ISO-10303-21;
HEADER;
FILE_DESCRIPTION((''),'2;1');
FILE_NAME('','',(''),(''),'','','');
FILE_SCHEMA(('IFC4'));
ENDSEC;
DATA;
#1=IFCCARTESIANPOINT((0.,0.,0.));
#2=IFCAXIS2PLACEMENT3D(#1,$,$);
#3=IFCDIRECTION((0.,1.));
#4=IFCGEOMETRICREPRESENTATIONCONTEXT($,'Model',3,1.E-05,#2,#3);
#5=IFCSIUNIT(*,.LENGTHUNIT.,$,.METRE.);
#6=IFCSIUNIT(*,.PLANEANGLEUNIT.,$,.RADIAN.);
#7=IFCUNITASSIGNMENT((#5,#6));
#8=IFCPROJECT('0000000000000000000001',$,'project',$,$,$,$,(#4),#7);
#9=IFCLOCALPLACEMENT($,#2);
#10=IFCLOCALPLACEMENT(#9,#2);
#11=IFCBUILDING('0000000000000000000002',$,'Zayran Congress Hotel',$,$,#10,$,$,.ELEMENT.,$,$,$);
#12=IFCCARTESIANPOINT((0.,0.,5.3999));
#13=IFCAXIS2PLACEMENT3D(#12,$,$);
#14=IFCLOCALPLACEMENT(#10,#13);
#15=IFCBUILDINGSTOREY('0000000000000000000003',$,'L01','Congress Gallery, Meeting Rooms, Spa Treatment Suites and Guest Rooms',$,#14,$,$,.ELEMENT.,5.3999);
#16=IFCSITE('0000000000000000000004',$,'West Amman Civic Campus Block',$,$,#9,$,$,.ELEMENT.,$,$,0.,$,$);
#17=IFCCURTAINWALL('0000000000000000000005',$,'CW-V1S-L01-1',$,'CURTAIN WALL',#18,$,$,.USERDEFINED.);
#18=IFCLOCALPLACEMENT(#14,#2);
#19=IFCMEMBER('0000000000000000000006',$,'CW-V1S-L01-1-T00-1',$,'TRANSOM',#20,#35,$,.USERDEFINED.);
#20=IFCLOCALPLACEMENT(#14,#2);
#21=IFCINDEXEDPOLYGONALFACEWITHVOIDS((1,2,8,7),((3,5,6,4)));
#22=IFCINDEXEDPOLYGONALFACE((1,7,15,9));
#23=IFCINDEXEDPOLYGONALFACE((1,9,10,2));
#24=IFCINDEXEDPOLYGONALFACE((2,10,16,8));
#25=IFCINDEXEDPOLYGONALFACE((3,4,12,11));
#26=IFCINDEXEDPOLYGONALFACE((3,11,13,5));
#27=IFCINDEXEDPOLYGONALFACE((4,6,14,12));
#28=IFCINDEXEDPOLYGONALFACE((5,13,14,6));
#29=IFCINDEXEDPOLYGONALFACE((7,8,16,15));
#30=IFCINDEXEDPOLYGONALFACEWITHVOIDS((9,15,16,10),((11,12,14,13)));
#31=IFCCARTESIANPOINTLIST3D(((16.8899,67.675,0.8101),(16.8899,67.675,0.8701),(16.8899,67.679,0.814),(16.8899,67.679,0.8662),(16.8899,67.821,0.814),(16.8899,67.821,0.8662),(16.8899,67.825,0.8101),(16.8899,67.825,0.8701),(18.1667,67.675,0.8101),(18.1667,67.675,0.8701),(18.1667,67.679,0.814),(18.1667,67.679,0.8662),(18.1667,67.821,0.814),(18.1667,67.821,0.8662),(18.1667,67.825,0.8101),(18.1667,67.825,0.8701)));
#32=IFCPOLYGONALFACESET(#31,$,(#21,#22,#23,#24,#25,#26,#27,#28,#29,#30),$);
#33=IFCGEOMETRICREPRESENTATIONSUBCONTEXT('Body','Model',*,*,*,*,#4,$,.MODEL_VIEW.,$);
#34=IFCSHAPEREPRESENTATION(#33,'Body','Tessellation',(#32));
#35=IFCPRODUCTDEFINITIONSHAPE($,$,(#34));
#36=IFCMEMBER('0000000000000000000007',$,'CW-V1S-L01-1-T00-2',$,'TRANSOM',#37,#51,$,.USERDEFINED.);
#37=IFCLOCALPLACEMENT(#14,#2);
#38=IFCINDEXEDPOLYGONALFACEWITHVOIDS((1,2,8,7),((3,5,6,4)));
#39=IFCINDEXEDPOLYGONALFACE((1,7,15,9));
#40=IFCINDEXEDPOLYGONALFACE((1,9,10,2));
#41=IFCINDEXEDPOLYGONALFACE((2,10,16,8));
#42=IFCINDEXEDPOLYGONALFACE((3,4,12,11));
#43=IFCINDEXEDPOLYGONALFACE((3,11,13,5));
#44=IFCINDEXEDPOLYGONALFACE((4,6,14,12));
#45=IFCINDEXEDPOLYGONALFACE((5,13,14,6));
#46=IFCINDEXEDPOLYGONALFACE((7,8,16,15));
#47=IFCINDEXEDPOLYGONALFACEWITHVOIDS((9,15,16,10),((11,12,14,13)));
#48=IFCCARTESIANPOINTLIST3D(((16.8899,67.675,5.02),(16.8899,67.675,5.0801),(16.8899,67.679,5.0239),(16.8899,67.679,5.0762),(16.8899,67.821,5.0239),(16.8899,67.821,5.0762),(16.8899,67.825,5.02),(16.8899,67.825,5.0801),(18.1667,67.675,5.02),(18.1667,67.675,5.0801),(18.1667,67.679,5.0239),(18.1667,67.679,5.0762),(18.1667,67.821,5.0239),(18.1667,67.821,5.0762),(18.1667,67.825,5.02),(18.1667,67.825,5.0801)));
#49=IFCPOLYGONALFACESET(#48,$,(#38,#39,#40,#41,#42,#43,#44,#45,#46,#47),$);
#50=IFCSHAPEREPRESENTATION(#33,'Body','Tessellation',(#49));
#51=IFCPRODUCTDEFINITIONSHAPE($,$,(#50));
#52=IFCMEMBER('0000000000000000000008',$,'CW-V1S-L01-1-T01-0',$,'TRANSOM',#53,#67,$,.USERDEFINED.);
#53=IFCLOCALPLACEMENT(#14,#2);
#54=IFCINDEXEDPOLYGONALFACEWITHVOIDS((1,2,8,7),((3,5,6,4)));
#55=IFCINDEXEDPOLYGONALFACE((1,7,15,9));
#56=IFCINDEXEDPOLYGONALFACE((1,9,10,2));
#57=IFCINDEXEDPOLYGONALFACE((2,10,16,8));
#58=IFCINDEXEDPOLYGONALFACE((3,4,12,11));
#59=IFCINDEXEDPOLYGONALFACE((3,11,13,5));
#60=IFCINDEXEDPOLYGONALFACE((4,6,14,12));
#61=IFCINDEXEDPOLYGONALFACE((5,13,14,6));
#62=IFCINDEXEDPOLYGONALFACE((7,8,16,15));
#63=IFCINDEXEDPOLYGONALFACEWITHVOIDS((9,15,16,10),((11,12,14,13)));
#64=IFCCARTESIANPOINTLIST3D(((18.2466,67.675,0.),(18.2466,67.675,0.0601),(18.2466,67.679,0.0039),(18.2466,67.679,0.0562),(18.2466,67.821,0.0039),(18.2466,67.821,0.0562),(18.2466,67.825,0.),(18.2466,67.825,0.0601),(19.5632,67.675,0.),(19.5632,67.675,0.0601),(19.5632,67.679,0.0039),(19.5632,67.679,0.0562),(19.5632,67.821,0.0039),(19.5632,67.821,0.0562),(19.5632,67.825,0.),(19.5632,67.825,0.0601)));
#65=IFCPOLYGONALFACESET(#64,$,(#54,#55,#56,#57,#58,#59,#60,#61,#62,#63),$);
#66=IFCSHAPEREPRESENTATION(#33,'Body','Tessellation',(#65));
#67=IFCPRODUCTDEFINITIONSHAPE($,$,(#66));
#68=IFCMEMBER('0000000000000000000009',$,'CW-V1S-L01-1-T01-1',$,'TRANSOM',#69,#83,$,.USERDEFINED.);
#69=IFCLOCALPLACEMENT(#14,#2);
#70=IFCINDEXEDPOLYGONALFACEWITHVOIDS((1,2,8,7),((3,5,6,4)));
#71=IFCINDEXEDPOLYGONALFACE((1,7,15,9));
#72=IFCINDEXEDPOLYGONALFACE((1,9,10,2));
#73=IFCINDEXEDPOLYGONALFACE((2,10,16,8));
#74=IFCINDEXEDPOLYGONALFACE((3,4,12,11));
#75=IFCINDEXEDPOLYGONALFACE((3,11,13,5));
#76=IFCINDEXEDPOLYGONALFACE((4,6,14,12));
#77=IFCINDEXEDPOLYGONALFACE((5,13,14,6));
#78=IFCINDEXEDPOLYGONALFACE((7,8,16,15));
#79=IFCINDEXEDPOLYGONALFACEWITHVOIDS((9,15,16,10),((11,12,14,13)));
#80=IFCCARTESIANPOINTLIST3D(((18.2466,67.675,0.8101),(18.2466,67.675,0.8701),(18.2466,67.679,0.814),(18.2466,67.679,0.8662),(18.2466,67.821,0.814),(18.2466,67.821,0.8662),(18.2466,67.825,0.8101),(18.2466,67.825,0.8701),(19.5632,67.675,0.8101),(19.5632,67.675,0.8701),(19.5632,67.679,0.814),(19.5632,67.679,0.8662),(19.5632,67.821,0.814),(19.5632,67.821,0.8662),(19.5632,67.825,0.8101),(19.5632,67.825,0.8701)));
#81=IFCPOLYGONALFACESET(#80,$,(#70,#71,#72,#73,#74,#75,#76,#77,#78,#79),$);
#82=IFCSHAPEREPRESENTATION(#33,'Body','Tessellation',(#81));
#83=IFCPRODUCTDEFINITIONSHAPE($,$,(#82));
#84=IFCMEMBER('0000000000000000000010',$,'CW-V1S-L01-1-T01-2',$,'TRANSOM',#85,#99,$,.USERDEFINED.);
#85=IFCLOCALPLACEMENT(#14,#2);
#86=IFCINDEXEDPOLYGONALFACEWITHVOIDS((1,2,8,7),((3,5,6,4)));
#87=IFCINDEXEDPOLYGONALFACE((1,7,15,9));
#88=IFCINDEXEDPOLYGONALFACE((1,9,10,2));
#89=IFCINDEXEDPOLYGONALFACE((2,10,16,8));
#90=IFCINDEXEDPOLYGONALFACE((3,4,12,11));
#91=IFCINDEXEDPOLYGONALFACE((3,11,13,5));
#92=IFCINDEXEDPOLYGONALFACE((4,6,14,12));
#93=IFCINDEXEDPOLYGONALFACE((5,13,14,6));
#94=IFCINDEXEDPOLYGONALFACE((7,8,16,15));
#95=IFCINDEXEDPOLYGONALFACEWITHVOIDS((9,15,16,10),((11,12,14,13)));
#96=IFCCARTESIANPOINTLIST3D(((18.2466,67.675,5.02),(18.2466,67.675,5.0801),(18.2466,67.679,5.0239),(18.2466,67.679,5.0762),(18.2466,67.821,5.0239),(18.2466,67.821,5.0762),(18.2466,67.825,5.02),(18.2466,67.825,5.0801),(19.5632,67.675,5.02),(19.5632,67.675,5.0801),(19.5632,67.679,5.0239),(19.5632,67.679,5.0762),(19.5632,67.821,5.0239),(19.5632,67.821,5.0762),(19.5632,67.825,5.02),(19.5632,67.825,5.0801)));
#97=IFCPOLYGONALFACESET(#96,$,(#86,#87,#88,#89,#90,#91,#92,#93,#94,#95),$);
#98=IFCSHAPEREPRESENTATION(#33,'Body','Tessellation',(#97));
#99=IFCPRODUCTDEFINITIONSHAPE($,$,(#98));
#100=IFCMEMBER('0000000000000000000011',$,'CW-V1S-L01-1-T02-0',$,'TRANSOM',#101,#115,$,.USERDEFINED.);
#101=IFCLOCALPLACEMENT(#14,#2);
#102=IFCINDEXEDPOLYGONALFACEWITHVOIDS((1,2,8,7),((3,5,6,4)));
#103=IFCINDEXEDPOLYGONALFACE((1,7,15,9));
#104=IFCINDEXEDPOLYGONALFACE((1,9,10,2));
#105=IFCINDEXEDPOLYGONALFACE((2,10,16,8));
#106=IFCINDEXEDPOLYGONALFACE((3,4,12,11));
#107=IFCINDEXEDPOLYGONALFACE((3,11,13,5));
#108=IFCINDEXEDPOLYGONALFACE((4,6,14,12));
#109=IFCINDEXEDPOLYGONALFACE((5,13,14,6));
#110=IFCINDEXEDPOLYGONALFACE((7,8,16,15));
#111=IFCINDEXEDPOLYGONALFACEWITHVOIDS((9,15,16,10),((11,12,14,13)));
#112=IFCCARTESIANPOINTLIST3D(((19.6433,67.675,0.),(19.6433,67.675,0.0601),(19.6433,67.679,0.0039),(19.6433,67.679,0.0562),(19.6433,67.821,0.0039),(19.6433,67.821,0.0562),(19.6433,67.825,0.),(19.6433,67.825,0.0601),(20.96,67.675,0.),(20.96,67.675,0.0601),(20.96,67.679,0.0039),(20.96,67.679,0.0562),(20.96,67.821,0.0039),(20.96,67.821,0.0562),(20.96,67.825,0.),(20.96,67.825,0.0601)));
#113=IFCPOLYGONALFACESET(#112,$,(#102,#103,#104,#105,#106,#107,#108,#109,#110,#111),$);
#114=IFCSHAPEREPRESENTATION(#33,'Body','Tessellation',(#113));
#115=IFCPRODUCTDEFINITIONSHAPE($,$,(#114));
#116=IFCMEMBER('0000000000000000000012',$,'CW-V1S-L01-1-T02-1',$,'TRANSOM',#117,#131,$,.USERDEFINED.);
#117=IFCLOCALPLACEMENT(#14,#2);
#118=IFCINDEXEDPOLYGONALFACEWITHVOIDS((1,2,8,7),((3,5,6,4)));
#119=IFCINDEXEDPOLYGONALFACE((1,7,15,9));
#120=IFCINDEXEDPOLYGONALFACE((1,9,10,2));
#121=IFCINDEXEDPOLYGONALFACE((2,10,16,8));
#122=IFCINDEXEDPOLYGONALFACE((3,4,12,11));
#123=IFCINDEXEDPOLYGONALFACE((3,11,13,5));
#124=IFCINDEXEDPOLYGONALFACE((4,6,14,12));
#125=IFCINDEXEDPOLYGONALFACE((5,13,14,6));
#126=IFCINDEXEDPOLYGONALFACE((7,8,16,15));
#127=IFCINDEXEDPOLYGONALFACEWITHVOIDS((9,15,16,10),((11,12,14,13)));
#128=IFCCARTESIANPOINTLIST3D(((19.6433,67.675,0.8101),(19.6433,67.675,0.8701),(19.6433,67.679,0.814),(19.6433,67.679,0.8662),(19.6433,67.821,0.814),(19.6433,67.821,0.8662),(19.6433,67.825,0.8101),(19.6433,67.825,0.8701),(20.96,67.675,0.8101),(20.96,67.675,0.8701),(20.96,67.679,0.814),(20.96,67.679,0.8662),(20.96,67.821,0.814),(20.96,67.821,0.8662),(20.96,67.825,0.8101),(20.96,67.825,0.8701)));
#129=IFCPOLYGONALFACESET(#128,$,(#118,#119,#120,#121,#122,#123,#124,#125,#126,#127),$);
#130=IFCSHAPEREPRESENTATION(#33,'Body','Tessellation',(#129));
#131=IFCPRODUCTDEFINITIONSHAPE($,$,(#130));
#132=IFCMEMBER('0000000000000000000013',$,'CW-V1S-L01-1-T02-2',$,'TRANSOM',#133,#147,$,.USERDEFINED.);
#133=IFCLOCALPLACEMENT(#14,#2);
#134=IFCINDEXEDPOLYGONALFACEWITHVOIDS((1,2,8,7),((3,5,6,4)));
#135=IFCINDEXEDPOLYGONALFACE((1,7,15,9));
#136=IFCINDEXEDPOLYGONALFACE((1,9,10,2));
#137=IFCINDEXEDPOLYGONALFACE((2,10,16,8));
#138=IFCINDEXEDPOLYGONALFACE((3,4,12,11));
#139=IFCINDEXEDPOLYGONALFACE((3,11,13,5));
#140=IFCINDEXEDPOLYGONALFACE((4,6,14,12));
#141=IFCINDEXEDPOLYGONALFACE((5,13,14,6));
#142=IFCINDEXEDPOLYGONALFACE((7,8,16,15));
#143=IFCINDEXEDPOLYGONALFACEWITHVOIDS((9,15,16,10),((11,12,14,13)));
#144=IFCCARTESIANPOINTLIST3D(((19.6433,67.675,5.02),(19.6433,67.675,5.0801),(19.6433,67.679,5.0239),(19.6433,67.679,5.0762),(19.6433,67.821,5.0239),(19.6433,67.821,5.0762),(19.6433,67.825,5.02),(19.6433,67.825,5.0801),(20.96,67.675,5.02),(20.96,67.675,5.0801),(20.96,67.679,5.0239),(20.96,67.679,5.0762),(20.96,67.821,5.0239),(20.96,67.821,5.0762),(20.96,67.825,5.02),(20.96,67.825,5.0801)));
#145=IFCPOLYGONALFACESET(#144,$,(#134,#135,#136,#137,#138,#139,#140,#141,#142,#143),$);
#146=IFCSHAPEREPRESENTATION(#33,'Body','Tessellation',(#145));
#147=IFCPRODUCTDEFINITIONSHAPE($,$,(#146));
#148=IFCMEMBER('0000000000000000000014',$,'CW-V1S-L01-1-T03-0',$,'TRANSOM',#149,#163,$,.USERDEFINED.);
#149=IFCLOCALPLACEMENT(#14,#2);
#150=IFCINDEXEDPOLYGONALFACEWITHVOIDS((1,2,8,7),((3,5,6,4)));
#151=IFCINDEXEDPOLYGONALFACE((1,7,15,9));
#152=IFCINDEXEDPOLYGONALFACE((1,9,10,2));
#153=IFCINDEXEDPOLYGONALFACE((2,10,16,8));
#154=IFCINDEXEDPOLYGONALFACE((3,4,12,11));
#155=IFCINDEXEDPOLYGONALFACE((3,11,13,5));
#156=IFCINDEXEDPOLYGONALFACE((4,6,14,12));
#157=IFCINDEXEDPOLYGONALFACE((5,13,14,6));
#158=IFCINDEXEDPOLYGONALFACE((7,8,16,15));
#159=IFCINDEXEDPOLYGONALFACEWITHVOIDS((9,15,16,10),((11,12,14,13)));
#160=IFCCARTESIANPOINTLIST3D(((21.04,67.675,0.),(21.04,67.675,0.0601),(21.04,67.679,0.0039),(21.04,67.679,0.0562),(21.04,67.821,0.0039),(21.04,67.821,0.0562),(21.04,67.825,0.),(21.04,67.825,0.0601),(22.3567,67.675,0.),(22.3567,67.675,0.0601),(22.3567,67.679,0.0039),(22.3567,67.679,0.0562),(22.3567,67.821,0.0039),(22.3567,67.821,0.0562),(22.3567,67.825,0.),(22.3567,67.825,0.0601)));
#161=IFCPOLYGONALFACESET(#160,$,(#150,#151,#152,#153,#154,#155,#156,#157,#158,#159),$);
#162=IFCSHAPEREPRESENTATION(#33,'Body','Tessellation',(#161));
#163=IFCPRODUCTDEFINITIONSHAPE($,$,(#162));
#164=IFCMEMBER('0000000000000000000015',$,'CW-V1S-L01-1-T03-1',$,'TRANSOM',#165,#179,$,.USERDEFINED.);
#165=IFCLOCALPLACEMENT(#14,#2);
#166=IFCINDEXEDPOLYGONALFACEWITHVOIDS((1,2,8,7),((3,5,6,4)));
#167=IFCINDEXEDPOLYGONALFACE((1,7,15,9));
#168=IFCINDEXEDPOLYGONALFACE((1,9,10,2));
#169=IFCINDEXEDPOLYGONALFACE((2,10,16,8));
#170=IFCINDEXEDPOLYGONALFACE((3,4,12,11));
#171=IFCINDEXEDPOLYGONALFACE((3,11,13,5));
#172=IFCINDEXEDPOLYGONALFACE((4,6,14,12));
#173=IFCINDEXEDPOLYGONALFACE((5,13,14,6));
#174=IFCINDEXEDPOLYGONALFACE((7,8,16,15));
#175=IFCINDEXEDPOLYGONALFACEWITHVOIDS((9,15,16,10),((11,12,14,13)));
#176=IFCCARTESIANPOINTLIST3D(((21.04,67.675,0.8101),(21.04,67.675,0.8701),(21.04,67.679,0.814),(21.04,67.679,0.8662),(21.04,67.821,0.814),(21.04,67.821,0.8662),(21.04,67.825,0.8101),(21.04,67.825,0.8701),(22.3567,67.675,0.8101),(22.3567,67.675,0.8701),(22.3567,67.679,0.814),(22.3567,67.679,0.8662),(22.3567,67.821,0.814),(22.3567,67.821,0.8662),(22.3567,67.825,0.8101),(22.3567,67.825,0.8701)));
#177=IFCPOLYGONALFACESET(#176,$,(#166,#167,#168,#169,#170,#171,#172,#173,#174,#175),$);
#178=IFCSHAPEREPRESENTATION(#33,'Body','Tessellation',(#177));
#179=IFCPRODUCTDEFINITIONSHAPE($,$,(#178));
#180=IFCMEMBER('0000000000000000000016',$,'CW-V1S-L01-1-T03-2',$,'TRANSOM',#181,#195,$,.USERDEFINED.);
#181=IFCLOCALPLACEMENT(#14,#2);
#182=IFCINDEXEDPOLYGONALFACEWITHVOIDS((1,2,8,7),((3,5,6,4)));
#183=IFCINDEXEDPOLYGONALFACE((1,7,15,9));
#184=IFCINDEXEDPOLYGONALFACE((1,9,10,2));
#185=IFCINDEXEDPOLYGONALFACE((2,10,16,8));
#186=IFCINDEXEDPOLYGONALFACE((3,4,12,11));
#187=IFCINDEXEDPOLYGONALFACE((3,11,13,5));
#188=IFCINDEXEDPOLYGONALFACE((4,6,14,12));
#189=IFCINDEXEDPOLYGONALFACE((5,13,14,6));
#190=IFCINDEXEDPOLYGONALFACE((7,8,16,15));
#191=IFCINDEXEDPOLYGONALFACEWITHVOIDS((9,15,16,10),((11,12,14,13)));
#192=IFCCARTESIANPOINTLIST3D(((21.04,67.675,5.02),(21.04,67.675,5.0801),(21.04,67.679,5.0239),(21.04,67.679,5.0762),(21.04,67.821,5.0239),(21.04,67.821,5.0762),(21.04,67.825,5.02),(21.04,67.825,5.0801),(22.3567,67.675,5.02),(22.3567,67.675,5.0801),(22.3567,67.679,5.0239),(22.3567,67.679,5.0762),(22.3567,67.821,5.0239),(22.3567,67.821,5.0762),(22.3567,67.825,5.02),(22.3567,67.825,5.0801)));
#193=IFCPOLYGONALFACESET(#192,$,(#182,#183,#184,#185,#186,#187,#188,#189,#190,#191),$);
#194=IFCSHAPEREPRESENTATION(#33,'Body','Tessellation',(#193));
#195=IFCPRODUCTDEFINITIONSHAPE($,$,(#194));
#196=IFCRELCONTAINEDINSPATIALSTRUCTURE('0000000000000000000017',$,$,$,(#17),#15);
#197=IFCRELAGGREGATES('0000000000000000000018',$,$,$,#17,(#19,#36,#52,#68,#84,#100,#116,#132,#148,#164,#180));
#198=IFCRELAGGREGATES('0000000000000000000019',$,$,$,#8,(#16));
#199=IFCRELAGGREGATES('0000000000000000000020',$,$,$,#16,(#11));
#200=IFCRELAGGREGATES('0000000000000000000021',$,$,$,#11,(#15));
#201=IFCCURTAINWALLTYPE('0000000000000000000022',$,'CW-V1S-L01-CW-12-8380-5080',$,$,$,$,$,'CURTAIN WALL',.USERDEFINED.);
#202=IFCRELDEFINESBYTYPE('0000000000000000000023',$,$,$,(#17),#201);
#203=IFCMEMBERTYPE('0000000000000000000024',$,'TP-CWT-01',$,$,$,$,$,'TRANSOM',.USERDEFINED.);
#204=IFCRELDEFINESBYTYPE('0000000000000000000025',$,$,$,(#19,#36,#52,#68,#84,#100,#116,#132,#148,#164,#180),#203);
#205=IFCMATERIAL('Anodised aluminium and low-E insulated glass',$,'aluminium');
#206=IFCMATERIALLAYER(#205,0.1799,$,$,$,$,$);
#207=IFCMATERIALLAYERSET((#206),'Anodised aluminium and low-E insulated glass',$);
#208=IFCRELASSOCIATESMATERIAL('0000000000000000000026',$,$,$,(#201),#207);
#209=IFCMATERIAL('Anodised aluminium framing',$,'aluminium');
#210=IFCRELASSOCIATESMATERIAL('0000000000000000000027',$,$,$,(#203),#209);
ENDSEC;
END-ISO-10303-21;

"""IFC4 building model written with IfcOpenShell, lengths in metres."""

from ifc_helpers import new_model, si_unit, direction, frame, origin, origin_2d, place, context, subcontext, project, spatial, hollow_rectangle, extrude, material, layer, layer_set, material_profile, profile_set, type_object, element, aggregate, save


model = new_model("IFC4")

# Units and contexts
model_context = context("Model", 3, precision=1e-05, world=origin(), true_north=direction((0.0, 1.0)))
body_context = subcontext(model_context, "Body", "Model", "MODEL_VIEW")
ifc_project = project(units=[si_unit("LENGTHUNIT", "METRE"), si_unit("PLANEANGLEUNIT", "RADIAN")], contexts=[model_context])

# Site, building, storey
site_placement = place(None, origin())
site = spatial("IfcSite", under=ifc_project, at=site_placement, Name="West Amman Civic Campus Block", CompositionType="ELEMENT", RefElevation=0.0)
building_placement = place(site_placement, origin())
building = spatial("IfcBuilding", under=site, at=building_placement, Name="Zayran Congress Hotel", CompositionType="ELEMENT")
storey_placement = place(building_placement, frame((0.0, 0.0, 5.3999)))
storey = spatial("IfcBuildingStorey", under=building, at=storey_placement, Name="L01", Description="Congress Gallery, Meeting Rooms, Spa Treatment Suites and Guest Rooms", CompositionType="ELEMENT", Elevation=5.3999)

# Curtain wall
ifc_material_1 = material(Name="Anodised aluminium and low-E insulated glass", Category="aluminium")
ifc_layer_1 = layer(ifc_material_1, 0.1799)
ifc_layer_set_1 = layer_set([ifc_layer_1], Name="Anodised aluminium and low-E insulated glass")
curtain_wall_type_1 = type_object("IfcCurtainWallType", Name="CW-V1S-L01-CW-12-8380-5080", ElementType="CURTAIN WALL", PredefinedType="USERDEFINED", material=ifc_layer_set_1)
curtain_wall_1_placement = place(storey_placement, origin())
curtain_wall_1 = element("IfcCurtainWall", 1, at=curtain_wall_1_placement, inside=storey, type_object=curtain_wall_type_1, Name="CW-V1S-L01-1", ObjectType="CURTAIN WALL", PredefinedType="USERDEFINED")
ifc_material_2 = material(Name="Anodised aluminium framing", Category="aluminium")

# Members
ifc_material_profile_1 = material_profile(ifc_material_2, hollow_rectangle(XDim=0.0601, YDim=0.1499, WallThickness=0.0039, at=origin_2d()), Name="RHS 150x60x4")
ifc_profile_set_1 = profile_set([ifc_material_profile_1], Name="Anodised aluminium framing")
member_type_1 = type_object("IfcMemberType", Name="TP-CWT-01", ElementType="TRANSOM", PredefinedType="USERDEFINED", material=ifc_profile_set_1)
member_1_placement = place(storey_placement, frame((16.8899, 67.75, 0.8401), z_axis=(1.0, 0.0, 0.0), x_axis=(0.0, 0.0, 1.0)))
member_1 = element("IfcMember", 2, at=member_1_placement, type_object=member_type_1, Name="CW-V1S-L01-1-T00-1", ObjectType="TRANSOM", PredefinedType="USERDEFINED", context=body_context, shape_type="SweptSolid", body=[
    extrude(hollow_rectangle(XDim=0.0601, YDim=0.1499, WallThickness=0.0039, at=origin_2d()), origin(), (0.0, 0.0, 1.0), 1.2769),
])
member_2_placement = place(storey_placement, frame((16.8899, 67.75, 5.05), z_axis=(1.0, 0.0, 0.0), x_axis=(0.0, 0.0, 1.0)))
member_2 = element("IfcMember", 3, at=member_2_placement, type_object=member_type_1, Name="CW-V1S-L01-1-T00-2", ObjectType="TRANSOM", PredefinedType="USERDEFINED", context=body_context, shape_type="SweptSolid", body=[
    extrude(hollow_rectangle(XDim=0.0601, YDim=0.1499, WallThickness=0.0039, at=origin_2d()), origin(), (0.0, 0.0, 1.0), 1.2769),
])
member_3_placement = place(storey_placement, frame((18.2466, 67.75, 0.03), z_axis=(1.0, 0.0, 0.0), x_axis=(0.0, 0.0, 1.0)))
member_3 = element("IfcMember", 4, at=member_3_placement, type_object=member_type_1, Name="CW-V1S-L01-1-T01-0", ObjectType="TRANSOM", PredefinedType="USERDEFINED", context=body_context, shape_type="SweptSolid", body=[
    extrude(hollow_rectangle(XDim=0.0601, YDim=0.1499, WallThickness=0.0039, at=origin_2d()), origin(), (0.0, 0.0, 1.0), 1.3167),
])
member_4_placement = place(storey_placement, frame((18.2466, 67.75, 0.8401), z_axis=(1.0, 0.0, 0.0), x_axis=(0.0, 0.0, 1.0)))
member_4 = element("IfcMember", 5, at=member_4_placement, type_object=member_type_1, Name="CW-V1S-L01-1-T01-1", ObjectType="TRANSOM", PredefinedType="USERDEFINED", context=body_context, shape_type="SweptSolid", body=[
    extrude(hollow_rectangle(XDim=0.0601, YDim=0.1499, WallThickness=0.0039, at=origin_2d()), origin(), (0.0, 0.0, 1.0), 1.3167),
])
member_5_placement = place(storey_placement, frame((18.2466, 67.75, 5.05), z_axis=(1.0, 0.0, 0.0), x_axis=(0.0, 0.0, 1.0)))
member_5 = element("IfcMember", 6, at=member_5_placement, type_object=member_type_1, Name="CW-V1S-L01-1-T01-2", ObjectType="TRANSOM", PredefinedType="USERDEFINED", context=body_context, shape_type="SweptSolid", body=[
    extrude(hollow_rectangle(XDim=0.0601, YDim=0.1499, WallThickness=0.0039, at=origin_2d()), origin(), (0.0, 0.0, 1.0), 1.3167),
])
member_6_placement = place(storey_placement, frame((19.6433, 67.75, 0.03), z_axis=(1.0, 0.0, 0.0), x_axis=(0.0, 0.0, 1.0)))
member_6 = element("IfcMember", 7, at=member_6_placement, type_object=member_type_1, Name="CW-V1S-L01-1-T02-0", ObjectType="TRANSOM", PredefinedType="USERDEFINED", context=body_context, shape_type="SweptSolid", body=[
    extrude(hollow_rectangle(XDim=0.0601, YDim=0.1499, WallThickness=0.0039, at=origin_2d()), origin(), (0.0, 0.0, 1.0), 1.3167),
])
member_7_placement = place(storey_placement, frame((19.6433, 67.75, 0.8401), z_axis=(1.0, 0.0, 0.0), x_axis=(0.0, 0.0, 1.0)))
member_7 = element("IfcMember", 8, at=member_7_placement, type_object=member_type_1, Name="CW-V1S-L01-1-T02-1", ObjectType="TRANSOM", PredefinedType="USERDEFINED", context=body_context, shape_type="SweptSolid", body=[
    extrude(hollow_rectangle(XDim=0.0601, YDim=0.1499, WallThickness=0.0039, at=origin_2d()), origin(), (0.0, 0.0, 1.0), 1.3167),
])
member_8_placement = place(storey_placement, frame((19.6433, 67.75, 5.05), z_axis=(1.0, 0.0, 0.0), x_axis=(0.0, 0.0, 1.0)))
member_8 = element("IfcMember", 9, at=member_8_placement, type_object=member_type_1, Name="CW-V1S-L01-1-T02-2", ObjectType="TRANSOM", PredefinedType="USERDEFINED", context=body_context, shape_type="SweptSolid", body=[
    extrude(hollow_rectangle(XDim=0.0601, YDim=0.1499, WallThickness=0.0039, at=origin_2d()), origin(), (0.0, 0.0, 1.0), 1.3167),
])
member_9_placement = place(storey_placement, frame((21.04, 67.75, 0.03), z_axis=(1.0, 0.0, 0.0), x_axis=(0.0, 0.0, 1.0)))
member_9 = element("IfcMember", 10, at=member_9_placement, type_object=member_type_1, Name="CW-V1S-L01-1-T03-0", ObjectType="TRANSOM", PredefinedType="USERDEFINED", context=body_context, shape_type="SweptSolid", body=[
    extrude(hollow_rectangle(XDim=0.0601, YDim=0.1499, WallThickness=0.0039, at=origin_2d()), origin(), (0.0, 0.0, 1.0), 1.3167),
])
member_10_placement = place(storey_placement, frame((21.04, 67.75, 0.8401), z_axis=(1.0, 0.0, 0.0), x_axis=(0.0, 0.0, 1.0)))
member_10 = element("IfcMember", 11, at=member_10_placement, type_object=member_type_1, Name="CW-V1S-L01-1-T03-1", ObjectType="TRANSOM", PredefinedType="USERDEFINED", context=body_context, shape_type="SweptSolid", body=[
    extrude(hollow_rectangle(XDim=0.0601, YDim=0.1499, WallThickness=0.0039, at=origin_2d()), origin(), (0.0, 0.0, 1.0), 1.3167),
])
member_11_placement = place(storey_placement, frame((21.04, 67.75, 5.05), z_axis=(1.0, 0.0, 0.0), x_axis=(0.0, 0.0, 1.0)))
member_11 = element("IfcMember", 12, at=member_11_placement, type_object=member_type_1, Name="CW-V1S-L01-1-T03-2", ObjectType="TRANSOM", PredefinedType="USERDEFINED", context=body_context, shape_type="SweptSolid", body=[
    extrude(hollow_rectangle(XDim=0.0601, YDim=0.1499, WallThickness=0.0039, at=origin_2d()), origin(), (0.0, 0.0, 1.0), 1.3167),
])

aggregate(curtain_wall_1, [member_1, member_2, member_3, member_4, member_5, member_6, member_7, member_8, member_9, member_10, member_11])

save(model, "model.ifc")
